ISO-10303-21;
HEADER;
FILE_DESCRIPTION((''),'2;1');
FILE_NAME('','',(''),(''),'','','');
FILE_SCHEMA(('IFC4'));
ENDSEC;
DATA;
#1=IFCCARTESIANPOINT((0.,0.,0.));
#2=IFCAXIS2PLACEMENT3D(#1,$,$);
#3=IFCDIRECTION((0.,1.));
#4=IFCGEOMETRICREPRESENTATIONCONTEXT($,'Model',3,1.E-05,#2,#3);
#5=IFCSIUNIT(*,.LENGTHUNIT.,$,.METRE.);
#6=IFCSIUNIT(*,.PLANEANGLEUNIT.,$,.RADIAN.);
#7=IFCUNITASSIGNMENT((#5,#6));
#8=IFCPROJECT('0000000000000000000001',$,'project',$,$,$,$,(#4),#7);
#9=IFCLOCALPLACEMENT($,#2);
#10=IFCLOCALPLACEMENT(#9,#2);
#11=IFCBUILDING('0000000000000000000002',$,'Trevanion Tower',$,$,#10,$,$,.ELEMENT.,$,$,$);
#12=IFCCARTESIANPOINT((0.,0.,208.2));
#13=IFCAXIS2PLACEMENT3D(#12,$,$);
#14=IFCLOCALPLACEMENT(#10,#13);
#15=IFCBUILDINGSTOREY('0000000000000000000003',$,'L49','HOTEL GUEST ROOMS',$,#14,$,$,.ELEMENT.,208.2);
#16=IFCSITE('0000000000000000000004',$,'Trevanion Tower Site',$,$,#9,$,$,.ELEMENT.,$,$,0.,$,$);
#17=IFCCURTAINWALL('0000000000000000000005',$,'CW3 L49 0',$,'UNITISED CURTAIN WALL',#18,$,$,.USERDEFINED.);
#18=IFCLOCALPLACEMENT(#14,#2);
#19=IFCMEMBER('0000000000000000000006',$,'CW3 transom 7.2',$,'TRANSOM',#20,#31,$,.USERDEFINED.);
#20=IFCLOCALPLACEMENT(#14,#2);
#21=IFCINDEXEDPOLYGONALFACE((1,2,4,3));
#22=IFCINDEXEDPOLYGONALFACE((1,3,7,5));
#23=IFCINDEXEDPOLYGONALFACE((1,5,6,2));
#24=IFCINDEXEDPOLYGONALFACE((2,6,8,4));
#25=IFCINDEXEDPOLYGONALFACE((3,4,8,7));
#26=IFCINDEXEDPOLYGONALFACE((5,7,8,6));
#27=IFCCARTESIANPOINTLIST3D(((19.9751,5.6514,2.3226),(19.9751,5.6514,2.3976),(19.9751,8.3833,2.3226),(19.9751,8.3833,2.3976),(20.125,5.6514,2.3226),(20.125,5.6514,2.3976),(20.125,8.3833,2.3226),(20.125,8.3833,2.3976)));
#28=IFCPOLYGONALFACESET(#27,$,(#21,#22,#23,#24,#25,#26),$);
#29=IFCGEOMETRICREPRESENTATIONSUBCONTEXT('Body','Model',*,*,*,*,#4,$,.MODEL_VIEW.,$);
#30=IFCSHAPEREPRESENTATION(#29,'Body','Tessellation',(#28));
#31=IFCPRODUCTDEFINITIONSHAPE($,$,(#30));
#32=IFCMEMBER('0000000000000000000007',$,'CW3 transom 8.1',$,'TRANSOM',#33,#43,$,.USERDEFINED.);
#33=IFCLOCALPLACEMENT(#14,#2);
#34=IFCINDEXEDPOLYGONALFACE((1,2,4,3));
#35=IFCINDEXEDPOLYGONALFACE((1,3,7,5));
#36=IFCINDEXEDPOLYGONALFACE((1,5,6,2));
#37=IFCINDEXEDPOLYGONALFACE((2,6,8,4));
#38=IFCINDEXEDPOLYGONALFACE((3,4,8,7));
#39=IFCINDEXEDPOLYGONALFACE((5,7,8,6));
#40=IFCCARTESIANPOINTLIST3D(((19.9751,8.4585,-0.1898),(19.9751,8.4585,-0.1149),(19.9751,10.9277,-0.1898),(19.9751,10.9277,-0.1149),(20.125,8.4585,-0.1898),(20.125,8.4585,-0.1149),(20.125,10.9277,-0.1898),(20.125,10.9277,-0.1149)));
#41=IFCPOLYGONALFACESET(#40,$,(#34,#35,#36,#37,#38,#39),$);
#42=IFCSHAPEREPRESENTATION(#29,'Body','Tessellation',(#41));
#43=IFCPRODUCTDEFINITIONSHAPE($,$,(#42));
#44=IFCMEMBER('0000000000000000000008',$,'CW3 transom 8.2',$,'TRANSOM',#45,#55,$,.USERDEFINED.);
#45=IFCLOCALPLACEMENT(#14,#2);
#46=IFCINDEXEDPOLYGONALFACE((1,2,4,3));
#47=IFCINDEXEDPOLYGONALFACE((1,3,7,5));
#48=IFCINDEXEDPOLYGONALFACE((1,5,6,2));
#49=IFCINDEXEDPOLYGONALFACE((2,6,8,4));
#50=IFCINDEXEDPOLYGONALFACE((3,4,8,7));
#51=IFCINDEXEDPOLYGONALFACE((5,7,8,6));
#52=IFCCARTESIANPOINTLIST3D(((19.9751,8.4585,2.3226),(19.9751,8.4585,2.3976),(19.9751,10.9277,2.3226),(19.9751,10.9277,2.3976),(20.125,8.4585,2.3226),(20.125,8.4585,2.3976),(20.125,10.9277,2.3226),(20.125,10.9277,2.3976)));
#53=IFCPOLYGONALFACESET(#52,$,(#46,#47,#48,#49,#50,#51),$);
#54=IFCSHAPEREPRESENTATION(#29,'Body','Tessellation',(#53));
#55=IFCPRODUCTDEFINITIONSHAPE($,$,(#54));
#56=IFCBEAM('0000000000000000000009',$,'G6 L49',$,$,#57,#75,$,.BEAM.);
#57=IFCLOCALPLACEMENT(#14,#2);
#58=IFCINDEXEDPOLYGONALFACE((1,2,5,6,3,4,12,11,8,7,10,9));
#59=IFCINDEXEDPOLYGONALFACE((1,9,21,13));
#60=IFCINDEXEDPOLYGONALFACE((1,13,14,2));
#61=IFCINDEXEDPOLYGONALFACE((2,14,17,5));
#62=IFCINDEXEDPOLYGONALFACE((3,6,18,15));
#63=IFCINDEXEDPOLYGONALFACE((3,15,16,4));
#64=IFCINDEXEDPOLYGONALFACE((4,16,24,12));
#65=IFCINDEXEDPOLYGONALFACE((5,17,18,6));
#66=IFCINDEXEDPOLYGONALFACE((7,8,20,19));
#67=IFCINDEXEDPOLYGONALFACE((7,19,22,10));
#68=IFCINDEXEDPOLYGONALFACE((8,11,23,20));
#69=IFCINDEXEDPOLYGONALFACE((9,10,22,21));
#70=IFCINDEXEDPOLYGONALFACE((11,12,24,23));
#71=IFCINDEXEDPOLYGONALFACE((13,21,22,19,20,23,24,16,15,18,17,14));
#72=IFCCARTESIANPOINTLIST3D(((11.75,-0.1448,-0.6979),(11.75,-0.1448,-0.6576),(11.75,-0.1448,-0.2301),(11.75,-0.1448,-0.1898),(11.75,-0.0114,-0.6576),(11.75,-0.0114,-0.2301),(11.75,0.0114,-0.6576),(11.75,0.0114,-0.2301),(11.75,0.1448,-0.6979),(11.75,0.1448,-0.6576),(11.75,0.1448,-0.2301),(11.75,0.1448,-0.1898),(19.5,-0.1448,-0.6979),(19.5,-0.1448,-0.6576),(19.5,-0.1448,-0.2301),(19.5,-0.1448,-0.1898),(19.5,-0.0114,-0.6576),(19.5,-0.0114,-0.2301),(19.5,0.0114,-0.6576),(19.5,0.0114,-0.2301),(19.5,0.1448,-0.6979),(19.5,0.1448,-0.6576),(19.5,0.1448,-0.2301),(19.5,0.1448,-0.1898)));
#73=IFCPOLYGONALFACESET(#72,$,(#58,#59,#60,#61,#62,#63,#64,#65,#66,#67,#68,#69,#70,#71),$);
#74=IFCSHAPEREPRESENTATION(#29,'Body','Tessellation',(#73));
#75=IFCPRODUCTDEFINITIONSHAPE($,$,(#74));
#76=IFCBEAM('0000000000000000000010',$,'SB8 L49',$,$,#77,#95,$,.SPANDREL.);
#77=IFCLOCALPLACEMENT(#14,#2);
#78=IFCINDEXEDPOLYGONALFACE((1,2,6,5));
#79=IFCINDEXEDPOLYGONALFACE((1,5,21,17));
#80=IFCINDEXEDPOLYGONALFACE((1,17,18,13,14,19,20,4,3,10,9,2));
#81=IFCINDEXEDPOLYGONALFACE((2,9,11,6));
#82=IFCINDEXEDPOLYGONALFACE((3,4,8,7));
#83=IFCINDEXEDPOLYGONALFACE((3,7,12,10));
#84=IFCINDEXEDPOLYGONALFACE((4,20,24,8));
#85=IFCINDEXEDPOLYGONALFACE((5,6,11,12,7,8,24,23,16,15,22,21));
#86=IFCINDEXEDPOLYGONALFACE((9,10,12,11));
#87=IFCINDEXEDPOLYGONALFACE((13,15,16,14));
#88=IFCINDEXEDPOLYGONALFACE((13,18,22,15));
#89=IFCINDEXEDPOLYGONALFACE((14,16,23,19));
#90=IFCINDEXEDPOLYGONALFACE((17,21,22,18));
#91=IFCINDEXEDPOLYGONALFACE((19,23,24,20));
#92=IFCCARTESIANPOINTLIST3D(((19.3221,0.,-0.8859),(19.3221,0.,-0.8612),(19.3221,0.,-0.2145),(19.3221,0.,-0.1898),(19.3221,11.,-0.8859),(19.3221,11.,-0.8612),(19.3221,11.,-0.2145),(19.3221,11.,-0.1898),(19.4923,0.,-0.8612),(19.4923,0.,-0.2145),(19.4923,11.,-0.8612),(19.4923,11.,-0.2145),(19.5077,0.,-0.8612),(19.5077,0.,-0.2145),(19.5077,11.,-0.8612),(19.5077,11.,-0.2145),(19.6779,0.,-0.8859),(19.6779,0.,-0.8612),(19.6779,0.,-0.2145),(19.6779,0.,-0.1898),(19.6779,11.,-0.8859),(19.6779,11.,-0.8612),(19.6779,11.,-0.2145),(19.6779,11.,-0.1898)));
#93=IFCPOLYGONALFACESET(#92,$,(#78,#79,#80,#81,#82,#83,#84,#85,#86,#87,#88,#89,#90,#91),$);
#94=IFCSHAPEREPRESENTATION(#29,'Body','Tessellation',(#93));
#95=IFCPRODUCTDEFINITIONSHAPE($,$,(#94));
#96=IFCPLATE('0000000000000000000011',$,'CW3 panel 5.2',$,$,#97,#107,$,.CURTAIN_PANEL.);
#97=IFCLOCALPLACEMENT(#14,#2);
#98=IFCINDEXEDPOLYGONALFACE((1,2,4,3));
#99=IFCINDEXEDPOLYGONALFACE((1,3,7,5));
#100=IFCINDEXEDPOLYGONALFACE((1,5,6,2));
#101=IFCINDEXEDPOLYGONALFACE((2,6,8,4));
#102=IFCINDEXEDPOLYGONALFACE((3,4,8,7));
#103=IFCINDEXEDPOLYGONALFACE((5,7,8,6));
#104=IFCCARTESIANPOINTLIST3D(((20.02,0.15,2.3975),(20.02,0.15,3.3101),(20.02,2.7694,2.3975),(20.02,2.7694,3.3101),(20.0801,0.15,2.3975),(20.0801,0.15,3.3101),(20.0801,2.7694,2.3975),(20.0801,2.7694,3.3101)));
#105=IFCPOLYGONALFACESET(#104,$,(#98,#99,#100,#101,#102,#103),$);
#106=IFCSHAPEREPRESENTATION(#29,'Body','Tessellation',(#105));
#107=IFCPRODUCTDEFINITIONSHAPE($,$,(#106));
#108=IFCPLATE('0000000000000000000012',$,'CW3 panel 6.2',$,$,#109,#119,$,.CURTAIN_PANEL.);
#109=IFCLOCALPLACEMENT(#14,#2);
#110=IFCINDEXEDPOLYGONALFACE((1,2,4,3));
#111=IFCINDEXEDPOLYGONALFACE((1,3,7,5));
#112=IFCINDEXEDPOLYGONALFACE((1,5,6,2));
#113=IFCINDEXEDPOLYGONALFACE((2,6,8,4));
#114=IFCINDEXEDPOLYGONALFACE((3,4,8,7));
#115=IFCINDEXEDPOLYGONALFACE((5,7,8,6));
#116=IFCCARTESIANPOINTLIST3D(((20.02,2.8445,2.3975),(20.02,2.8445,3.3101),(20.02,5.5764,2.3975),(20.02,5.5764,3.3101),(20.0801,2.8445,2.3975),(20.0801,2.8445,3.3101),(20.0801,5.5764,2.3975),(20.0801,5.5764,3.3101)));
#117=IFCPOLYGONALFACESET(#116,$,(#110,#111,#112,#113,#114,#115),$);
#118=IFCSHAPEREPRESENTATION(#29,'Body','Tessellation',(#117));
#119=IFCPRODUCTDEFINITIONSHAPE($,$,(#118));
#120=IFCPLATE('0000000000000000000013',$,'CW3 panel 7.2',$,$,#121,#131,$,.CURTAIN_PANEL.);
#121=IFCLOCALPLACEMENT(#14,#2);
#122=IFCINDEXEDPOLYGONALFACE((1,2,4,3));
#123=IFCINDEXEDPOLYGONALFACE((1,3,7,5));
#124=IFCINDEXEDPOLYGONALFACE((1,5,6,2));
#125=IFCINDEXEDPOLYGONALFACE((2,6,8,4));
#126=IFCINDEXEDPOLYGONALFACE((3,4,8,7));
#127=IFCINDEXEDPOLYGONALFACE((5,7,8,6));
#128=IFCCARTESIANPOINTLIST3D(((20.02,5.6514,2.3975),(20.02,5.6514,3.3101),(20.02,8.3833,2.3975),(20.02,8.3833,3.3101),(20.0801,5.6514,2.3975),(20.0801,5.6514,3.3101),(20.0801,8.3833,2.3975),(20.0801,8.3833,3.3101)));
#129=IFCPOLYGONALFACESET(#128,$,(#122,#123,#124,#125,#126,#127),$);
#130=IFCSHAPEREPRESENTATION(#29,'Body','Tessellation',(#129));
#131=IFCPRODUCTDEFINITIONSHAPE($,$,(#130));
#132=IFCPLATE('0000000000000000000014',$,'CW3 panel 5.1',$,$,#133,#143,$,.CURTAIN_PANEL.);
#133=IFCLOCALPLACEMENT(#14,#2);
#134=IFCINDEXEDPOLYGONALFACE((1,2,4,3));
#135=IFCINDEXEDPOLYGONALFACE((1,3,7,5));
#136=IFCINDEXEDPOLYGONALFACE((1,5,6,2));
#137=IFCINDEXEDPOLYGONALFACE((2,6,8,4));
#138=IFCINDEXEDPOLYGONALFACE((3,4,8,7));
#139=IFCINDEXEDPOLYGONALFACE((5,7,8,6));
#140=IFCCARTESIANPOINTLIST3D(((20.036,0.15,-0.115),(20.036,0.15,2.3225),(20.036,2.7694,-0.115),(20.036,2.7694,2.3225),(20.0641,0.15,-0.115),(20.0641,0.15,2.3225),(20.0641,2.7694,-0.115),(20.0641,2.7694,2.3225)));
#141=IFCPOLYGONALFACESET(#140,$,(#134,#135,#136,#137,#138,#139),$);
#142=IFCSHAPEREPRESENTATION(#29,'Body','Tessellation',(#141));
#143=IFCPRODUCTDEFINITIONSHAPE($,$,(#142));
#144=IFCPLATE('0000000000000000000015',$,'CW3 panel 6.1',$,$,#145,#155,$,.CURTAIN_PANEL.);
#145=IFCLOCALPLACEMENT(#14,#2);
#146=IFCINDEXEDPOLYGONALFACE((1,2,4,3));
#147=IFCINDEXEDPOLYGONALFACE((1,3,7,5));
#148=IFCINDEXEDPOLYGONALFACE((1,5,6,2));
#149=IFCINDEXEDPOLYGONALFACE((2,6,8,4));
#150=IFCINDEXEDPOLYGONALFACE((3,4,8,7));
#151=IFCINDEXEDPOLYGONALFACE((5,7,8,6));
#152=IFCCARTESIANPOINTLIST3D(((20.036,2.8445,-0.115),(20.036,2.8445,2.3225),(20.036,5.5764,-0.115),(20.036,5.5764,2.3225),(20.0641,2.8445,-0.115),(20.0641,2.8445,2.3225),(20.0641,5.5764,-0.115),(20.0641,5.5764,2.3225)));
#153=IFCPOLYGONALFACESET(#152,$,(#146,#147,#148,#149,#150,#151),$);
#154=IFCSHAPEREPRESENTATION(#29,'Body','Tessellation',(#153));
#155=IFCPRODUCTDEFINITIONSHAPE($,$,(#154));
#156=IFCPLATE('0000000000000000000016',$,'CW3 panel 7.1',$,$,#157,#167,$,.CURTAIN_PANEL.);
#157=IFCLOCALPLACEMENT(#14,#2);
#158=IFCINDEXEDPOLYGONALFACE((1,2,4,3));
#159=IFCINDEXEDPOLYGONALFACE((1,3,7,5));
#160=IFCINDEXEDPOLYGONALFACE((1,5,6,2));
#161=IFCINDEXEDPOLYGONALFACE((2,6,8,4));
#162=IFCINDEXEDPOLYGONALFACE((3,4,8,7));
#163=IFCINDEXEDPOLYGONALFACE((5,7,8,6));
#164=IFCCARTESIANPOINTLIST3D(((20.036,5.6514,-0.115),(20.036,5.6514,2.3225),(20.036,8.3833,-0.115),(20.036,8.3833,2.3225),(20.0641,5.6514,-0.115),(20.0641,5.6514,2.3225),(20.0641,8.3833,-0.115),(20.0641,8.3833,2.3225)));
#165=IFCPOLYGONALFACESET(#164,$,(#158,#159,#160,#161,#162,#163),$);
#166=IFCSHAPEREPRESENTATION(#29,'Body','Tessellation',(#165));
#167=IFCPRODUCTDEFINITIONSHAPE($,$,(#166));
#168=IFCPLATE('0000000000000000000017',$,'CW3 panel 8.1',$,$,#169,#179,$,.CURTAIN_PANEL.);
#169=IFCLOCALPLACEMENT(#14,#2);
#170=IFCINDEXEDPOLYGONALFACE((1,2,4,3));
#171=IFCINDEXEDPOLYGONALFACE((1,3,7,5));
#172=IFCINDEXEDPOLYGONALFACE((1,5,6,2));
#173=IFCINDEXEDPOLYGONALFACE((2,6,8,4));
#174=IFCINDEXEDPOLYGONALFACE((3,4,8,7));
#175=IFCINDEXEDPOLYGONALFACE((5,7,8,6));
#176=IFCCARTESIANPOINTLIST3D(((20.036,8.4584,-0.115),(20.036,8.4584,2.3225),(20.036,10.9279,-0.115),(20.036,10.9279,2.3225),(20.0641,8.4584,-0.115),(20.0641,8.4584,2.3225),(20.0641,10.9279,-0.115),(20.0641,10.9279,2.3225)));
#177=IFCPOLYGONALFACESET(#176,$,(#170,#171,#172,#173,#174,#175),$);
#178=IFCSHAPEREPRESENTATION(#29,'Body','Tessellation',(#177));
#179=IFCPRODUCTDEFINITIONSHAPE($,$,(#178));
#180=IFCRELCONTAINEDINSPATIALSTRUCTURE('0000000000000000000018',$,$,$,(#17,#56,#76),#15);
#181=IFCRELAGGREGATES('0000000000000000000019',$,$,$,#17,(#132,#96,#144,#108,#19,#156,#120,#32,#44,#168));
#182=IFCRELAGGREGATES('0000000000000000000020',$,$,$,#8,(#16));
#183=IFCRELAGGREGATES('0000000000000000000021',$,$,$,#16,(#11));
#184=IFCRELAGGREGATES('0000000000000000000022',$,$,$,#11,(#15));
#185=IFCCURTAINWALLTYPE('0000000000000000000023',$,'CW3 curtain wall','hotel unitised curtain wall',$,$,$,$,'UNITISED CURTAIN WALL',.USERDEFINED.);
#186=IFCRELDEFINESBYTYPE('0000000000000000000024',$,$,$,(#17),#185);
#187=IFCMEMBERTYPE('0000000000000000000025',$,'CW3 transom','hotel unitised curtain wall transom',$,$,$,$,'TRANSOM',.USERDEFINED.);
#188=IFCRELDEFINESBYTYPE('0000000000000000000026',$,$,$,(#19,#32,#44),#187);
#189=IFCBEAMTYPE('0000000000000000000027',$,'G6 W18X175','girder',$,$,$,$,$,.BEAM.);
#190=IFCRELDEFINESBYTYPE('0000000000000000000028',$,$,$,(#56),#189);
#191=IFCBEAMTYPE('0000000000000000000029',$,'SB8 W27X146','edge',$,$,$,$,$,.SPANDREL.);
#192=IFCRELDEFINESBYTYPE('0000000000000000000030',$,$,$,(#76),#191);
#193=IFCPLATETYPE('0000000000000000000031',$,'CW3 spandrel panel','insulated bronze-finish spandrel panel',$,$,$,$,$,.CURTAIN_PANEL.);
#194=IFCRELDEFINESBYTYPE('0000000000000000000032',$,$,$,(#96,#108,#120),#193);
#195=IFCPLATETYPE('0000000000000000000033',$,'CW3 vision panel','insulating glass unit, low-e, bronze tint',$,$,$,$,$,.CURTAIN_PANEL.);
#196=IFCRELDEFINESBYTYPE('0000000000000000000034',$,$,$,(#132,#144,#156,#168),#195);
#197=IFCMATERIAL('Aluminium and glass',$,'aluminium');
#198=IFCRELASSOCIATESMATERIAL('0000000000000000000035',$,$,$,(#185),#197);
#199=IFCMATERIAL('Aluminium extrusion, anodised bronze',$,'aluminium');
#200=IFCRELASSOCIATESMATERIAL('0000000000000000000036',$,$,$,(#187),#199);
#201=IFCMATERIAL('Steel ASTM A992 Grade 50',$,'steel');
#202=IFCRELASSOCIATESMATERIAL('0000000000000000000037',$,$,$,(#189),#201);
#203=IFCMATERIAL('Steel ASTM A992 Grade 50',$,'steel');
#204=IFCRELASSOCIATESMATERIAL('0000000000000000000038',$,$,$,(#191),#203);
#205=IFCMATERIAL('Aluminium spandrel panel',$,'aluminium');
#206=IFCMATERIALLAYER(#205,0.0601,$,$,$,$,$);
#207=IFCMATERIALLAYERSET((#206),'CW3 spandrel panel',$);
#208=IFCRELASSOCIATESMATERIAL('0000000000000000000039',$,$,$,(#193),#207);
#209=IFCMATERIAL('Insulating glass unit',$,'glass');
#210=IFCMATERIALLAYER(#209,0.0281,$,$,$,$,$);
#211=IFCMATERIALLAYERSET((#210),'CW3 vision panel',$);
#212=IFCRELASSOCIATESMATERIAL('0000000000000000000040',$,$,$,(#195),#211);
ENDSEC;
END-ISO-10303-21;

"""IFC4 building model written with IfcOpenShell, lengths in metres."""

from ifc_helpers import new_model, si_unit, direction, frame, origin, origin_2d, place, context, subcontext, project, spatial, rectangle, i_section, extrude, material, layer, layer_set, material_profile, profile_set, type_object, element, aggregate, save


model = new_model("IFC4")

# Units and contexts
model_context = context("Model", 3, precision=1e-05, world=origin(), true_north=direction((0.0, 1.0)))
body_context = subcontext(model_context, "Body", "Model", "MODEL_VIEW")
ifc_project = project(units=[si_unit("LENGTHUNIT", "METRE"), si_unit("PLANEANGLEUNIT", "RADIAN")], contexts=[model_context])

# Site, building, storey
site_placement = place(None, origin())
site = spatial("IfcSite", under=ifc_project, at=site_placement, Name="Trevanion Tower Site", CompositionType="ELEMENT", RefElevation=0.0)
building_placement = place(site_placement, origin())
building = spatial("IfcBuilding", under=site, at=building_placement, Name="Trevanion Tower", CompositionType="ELEMENT")
storey_placement = place(building_placement, frame((0.0, 0.0, 208.2)))
storey = spatial("IfcBuildingStorey", under=building, at=storey_placement, Name="L49", Description="HOTEL GUEST ROOMS", CompositionType="ELEMENT", Elevation=208.2)

# Curtain wall, members
ifc_material_1 = material(Name="Aluminium and glass", Category="aluminium")
curtain_wall_type = type_object("IfcCurtainWallType", Name="CW3 curtain wall", Description="hotel unitised curtain wall", ElementType="UNITISED CURTAIN WALL", PredefinedType="USERDEFINED", material=ifc_material_1)
curtain_wall_placement = place(storey_placement, origin())
curtain_wall = element("IfcCurtainWall", 1, at=curtain_wall_placement, inside=storey, type_object=curtain_wall_type, Name="CW3 L49 0", ObjectType="UNITISED CURTAIN WALL", PredefinedType="USERDEFINED")
ifc_material_2 = material(Name="Aluminium extrusion, anodised bronze", Category="aluminium")
ifc_material_profile_1 = material_profile(ifc_material_2, rectangle(XDim=0.1499, YDim=0.075, at=origin_2d()), Name="CW3 transom")
ifc_profile_set_1 = profile_set([ifc_material_profile_1], Name="Aluminium extrusion, anodised bronze")
member_type_1 = type_object("IfcMemberType", Name="CW3 transom", Description="hotel unitised curtain wall transom", ElementType="TRANSOM", PredefinedType="USERDEFINED", material=ifc_profile_set_1)
member_1_placement = place(storey_placement, frame((20.05, 5.6514, 2.3601), z_axis=(0.0, 1.0, 0.0), x_axis=(-1.0, 0.0, 0.0)))
member_1 = element("IfcMember", 2, at=member_1_placement, type_object=member_type_1, Name="CW3 transom 7.2", ObjectType="TRANSOM", PredefinedType="USERDEFINED", context=body_context, shape_type="SweptSolid", body=[
    extrude(rectangle(XDim=0.1499, YDim=0.075, at=origin_2d()), origin(), (0.0, 0.0, 1.0), 2.7319),
])
member_2_placement = place(storey_placement, frame((20.05, 8.4585, -0.1523), z_axis=(0.0, 1.0, 0.0), x_axis=(-1.0, 0.0, 0.0)))
member_2 = element("IfcMember", 3, at=member_2_placement, type_object=member_type_1, Name="CW3 transom 8.1", ObjectType="TRANSOM", PredefinedType="USERDEFINED", context=body_context, shape_type="SweptSolid", body=[
    extrude(rectangle(XDim=0.1499, YDim=0.075, at=origin_2d()), origin(), (0.0, 0.0, 1.0), 2.4692),
])
member_3_placement = place(storey_placement, frame((20.05, 8.4585, 2.3601), z_axis=(0.0, 1.0, 0.0), x_axis=(-1.0, 0.0, 0.0)))
member_3 = element("IfcMember", 4, at=member_3_placement, type_object=member_type_1, Name="CW3 transom 8.2", ObjectType="TRANSOM", PredefinedType="USERDEFINED", context=body_context, shape_type="SweptSolid", body=[
    extrude(rectangle(XDim=0.1499, YDim=0.075, at=origin_2d()), origin(), (0.0, 0.0, 1.0), 2.4692),
])

# Beams
ifc_material_3 = material(Name="Steel ASTM A992 Grade 50", Category="steel")
ifc_material_profile_2 = material_profile(ifc_material_3, i_section(OverallWidth=0.2896, OverallDepth=0.5081, WebThickness=0.0227, FlangeThickness=0.0403, at=origin_2d()), Name="W18X175")
ifc_profile_set_2 = profile_set([ifc_material_profile_2], Name="Steel ASTM A992 Grade 50")
beam_type_1 = type_object("IfcBeamType", Name="G6 W18X175", Description="girder", PredefinedType="BEAM", material=ifc_profile_set_2)
beam_1_placement = place(storey_placement, frame((11.75, 0.0, -0.4438), z_axis=(1.0, 0.0, 0.0), x_axis=(0.0, 1.0, 0.0)))
element("IfcBeam", 5, at=beam_1_placement, inside=storey, type_object=beam_type_1, Name="G6 L49", PredefinedType="BEAM", context=body_context, shape_type="SweptSolid", body=[
    extrude(i_section(OverallWidth=0.2896, OverallDepth=0.5081, WebThickness=0.0227, FlangeThickness=0.0403, at=origin_2d()), origin(), (0.0, 0.0, 1.0), 7.75),
])
ifc_material_4 = material(Name="Steel ASTM A992 Grade 50", Category="steel")
ifc_material_profile_3 = material_profile(ifc_material_4, i_section(OverallWidth=0.3557, OverallDepth=0.696, WebThickness=0.0154, FlangeThickness=0.0247, at=origin_2d()), Name="W27X146")
ifc_profile_set_3 = profile_set([ifc_material_profile_3], Name="Steel ASTM A992 Grade 50")
beam_type_2 = type_object("IfcBeamType", Name="SB8 W27X146", Description="edge", PredefinedType="SPANDREL", material=ifc_profile_set_3)
beam_2_placement = place(storey_placement, frame((19.5, 0.0, -0.5378), z_axis=(0.0, 1.0, 0.0), x_axis=(-1.0, 0.0, 0.0)))
element("IfcBeam", 6, at=beam_2_placement, inside=storey, type_object=beam_type_2, Name="SB8 L49", PredefinedType="SPANDREL", context=body_context, shape_type="SweptSolid", body=[
    extrude(i_section(OverallWidth=0.3557, OverallDepth=0.696, WebThickness=0.0154, FlangeThickness=0.0247, at=origin_2d()), origin(), (0.0, 0.0, 1.0), 11.0),
])

# Plates
ifc_material_5 = material(Name="Aluminium spandrel panel", Category="aluminium")
ifc_layer_1 = layer(ifc_material_5, 0.0601)
ifc_layer_set_1 = layer_set([ifc_layer_1], Name="CW3 spandrel panel")
plate_type_1 = type_object("IfcPlateType", Name="CW3 spandrel panel", Description="insulated bronze-finish spandrel panel", PredefinedType="CURTAIN_PANEL", material=ifc_layer_set_1)
plate_1_placement = place(storey_placement, frame((20.05, 1.4597, 2.3975), z_axis=(0.0, 0.0, 1.0), x_axis=(0.0, 1.0, 0.0)))
plate_1 = element("IfcPlate", 7, at=plate_1_placement, type_object=plate_type_1, Name="CW3 panel 5.2", PredefinedType="CURTAIN_PANEL", context=body_context, shape_type="SweptSolid", body=[
    extrude(rectangle(XDim=2.6194, YDim=0.0601, at=origin_2d()), origin(), (0.0, 0.0, 1.0), 0.9126),
])
plate_2_placement = place(storey_placement, frame((20.05, 4.2104, 2.3975), z_axis=(0.0, 0.0, 1.0), x_axis=(0.0, 1.0, 0.0)))
plate_2 = element("IfcPlate", 8, at=plate_2_placement, type_object=plate_type_1, Name="CW3 panel 6.2", PredefinedType="CURTAIN_PANEL", context=body_context, shape_type="SweptSolid", body=[
    extrude(rectangle(XDim=2.7319, YDim=0.0601, at=origin_2d()), origin(), (0.0, 0.0, 1.0), 0.9126),
])
plate_3_placement = place(storey_placement, frame((20.05, 7.0173, 2.3975), z_axis=(0.0, 0.0, 1.0), x_axis=(0.0, 1.0, 0.0)))
plate_3 = element("IfcPlate", 9, at=plate_3_placement, type_object=plate_type_1, Name="CW3 panel 7.2", PredefinedType="CURTAIN_PANEL", context=body_context, shape_type="SweptSolid", body=[
    extrude(rectangle(XDim=2.7319, YDim=0.0601, at=origin_2d()), origin(), (0.0, 0.0, 1.0), 0.9126),
])
ifc_material_6 = material(Name="Insulating glass unit", Category="glass")
ifc_layer_2 = layer(ifc_material_6, 0.0281)
ifc_layer_set_2 = layer_set([ifc_layer_2], Name="CW3 vision panel")
plate_type_2 = type_object("IfcPlateType", Name="CW3 vision panel", Description="insulating glass unit, low-e, bronze tint", PredefinedType="CURTAIN_PANEL", material=ifc_layer_set_2)
plate_4_placement = place(storey_placement, frame((20.05, 1.4597, -0.115), z_axis=(0.0, 0.0, 1.0), x_axis=(0.0, 1.0, 0.0)))
plate_4 = element("IfcPlate", 10, at=plate_4_placement, type_object=plate_type_2, Name="CW3 panel 5.1", PredefinedType="CURTAIN_PANEL", context=body_context, shape_type="SweptSolid", body=[
    extrude(rectangle(XDim=2.6194, YDim=0.0281, at=origin_2d()), origin(), (0.0, 0.0, 1.0), 2.4375),
])
plate_5_placement = place(storey_placement, frame((20.05, 4.2104, -0.115), z_axis=(0.0, 0.0, 1.0), x_axis=(0.0, 1.0, 0.0)))
plate_5 = element("IfcPlate", 11, at=plate_5_placement, type_object=plate_type_2, Name="CW3 panel 6.1", PredefinedType="CURTAIN_PANEL", context=body_context, shape_type="SweptSolid", body=[
    extrude(rectangle(XDim=2.7319, YDim=0.0281, at=origin_2d()), origin(), (0.0, 0.0, 1.0), 2.4375),
])
plate_6_placement = place(storey_placement, frame((20.05, 7.0173, -0.115), z_axis=(0.0, 0.0, 1.0), x_axis=(0.0, 1.0, 0.0)))
plate_6 = element("IfcPlate", 12, at=plate_6_placement, type_object=plate_type_2, Name="CW3 panel 7.1", PredefinedType="CURTAIN_PANEL", context=body_context, shape_type="SweptSolid", body=[
    extrude(rectangle(XDim=2.7319, YDim=0.0281, at=origin_2d()), origin(), (0.0, 0.0, 1.0), 2.4375),
])
plate_7_placement = place(storey_placement, frame((20.05, 9.6931, -0.115), z_axis=(0.0, 0.0, 1.0), x_axis=(0.0, 1.0, 0.0)))
plate_7 = element("IfcPlate", 13, at=plate_7_placement, type_object=plate_type_2, Name="CW3 panel 8.1", PredefinedType="CURTAIN_PANEL", context=body_context, shape_type="SweptSolid", body=[
    extrude(rectangle(XDim=2.4695, YDim=0.0281, at=origin_2d()), origin(), (0.0, 0.0, 1.0), 2.4375),
])
aggregate(curtain_wall, [plate_4, plate_1, plate_5, plate_2, member_1, plate_6, plate_3, member_2, member_3, plate_7])

save(model, "model.ifc")
